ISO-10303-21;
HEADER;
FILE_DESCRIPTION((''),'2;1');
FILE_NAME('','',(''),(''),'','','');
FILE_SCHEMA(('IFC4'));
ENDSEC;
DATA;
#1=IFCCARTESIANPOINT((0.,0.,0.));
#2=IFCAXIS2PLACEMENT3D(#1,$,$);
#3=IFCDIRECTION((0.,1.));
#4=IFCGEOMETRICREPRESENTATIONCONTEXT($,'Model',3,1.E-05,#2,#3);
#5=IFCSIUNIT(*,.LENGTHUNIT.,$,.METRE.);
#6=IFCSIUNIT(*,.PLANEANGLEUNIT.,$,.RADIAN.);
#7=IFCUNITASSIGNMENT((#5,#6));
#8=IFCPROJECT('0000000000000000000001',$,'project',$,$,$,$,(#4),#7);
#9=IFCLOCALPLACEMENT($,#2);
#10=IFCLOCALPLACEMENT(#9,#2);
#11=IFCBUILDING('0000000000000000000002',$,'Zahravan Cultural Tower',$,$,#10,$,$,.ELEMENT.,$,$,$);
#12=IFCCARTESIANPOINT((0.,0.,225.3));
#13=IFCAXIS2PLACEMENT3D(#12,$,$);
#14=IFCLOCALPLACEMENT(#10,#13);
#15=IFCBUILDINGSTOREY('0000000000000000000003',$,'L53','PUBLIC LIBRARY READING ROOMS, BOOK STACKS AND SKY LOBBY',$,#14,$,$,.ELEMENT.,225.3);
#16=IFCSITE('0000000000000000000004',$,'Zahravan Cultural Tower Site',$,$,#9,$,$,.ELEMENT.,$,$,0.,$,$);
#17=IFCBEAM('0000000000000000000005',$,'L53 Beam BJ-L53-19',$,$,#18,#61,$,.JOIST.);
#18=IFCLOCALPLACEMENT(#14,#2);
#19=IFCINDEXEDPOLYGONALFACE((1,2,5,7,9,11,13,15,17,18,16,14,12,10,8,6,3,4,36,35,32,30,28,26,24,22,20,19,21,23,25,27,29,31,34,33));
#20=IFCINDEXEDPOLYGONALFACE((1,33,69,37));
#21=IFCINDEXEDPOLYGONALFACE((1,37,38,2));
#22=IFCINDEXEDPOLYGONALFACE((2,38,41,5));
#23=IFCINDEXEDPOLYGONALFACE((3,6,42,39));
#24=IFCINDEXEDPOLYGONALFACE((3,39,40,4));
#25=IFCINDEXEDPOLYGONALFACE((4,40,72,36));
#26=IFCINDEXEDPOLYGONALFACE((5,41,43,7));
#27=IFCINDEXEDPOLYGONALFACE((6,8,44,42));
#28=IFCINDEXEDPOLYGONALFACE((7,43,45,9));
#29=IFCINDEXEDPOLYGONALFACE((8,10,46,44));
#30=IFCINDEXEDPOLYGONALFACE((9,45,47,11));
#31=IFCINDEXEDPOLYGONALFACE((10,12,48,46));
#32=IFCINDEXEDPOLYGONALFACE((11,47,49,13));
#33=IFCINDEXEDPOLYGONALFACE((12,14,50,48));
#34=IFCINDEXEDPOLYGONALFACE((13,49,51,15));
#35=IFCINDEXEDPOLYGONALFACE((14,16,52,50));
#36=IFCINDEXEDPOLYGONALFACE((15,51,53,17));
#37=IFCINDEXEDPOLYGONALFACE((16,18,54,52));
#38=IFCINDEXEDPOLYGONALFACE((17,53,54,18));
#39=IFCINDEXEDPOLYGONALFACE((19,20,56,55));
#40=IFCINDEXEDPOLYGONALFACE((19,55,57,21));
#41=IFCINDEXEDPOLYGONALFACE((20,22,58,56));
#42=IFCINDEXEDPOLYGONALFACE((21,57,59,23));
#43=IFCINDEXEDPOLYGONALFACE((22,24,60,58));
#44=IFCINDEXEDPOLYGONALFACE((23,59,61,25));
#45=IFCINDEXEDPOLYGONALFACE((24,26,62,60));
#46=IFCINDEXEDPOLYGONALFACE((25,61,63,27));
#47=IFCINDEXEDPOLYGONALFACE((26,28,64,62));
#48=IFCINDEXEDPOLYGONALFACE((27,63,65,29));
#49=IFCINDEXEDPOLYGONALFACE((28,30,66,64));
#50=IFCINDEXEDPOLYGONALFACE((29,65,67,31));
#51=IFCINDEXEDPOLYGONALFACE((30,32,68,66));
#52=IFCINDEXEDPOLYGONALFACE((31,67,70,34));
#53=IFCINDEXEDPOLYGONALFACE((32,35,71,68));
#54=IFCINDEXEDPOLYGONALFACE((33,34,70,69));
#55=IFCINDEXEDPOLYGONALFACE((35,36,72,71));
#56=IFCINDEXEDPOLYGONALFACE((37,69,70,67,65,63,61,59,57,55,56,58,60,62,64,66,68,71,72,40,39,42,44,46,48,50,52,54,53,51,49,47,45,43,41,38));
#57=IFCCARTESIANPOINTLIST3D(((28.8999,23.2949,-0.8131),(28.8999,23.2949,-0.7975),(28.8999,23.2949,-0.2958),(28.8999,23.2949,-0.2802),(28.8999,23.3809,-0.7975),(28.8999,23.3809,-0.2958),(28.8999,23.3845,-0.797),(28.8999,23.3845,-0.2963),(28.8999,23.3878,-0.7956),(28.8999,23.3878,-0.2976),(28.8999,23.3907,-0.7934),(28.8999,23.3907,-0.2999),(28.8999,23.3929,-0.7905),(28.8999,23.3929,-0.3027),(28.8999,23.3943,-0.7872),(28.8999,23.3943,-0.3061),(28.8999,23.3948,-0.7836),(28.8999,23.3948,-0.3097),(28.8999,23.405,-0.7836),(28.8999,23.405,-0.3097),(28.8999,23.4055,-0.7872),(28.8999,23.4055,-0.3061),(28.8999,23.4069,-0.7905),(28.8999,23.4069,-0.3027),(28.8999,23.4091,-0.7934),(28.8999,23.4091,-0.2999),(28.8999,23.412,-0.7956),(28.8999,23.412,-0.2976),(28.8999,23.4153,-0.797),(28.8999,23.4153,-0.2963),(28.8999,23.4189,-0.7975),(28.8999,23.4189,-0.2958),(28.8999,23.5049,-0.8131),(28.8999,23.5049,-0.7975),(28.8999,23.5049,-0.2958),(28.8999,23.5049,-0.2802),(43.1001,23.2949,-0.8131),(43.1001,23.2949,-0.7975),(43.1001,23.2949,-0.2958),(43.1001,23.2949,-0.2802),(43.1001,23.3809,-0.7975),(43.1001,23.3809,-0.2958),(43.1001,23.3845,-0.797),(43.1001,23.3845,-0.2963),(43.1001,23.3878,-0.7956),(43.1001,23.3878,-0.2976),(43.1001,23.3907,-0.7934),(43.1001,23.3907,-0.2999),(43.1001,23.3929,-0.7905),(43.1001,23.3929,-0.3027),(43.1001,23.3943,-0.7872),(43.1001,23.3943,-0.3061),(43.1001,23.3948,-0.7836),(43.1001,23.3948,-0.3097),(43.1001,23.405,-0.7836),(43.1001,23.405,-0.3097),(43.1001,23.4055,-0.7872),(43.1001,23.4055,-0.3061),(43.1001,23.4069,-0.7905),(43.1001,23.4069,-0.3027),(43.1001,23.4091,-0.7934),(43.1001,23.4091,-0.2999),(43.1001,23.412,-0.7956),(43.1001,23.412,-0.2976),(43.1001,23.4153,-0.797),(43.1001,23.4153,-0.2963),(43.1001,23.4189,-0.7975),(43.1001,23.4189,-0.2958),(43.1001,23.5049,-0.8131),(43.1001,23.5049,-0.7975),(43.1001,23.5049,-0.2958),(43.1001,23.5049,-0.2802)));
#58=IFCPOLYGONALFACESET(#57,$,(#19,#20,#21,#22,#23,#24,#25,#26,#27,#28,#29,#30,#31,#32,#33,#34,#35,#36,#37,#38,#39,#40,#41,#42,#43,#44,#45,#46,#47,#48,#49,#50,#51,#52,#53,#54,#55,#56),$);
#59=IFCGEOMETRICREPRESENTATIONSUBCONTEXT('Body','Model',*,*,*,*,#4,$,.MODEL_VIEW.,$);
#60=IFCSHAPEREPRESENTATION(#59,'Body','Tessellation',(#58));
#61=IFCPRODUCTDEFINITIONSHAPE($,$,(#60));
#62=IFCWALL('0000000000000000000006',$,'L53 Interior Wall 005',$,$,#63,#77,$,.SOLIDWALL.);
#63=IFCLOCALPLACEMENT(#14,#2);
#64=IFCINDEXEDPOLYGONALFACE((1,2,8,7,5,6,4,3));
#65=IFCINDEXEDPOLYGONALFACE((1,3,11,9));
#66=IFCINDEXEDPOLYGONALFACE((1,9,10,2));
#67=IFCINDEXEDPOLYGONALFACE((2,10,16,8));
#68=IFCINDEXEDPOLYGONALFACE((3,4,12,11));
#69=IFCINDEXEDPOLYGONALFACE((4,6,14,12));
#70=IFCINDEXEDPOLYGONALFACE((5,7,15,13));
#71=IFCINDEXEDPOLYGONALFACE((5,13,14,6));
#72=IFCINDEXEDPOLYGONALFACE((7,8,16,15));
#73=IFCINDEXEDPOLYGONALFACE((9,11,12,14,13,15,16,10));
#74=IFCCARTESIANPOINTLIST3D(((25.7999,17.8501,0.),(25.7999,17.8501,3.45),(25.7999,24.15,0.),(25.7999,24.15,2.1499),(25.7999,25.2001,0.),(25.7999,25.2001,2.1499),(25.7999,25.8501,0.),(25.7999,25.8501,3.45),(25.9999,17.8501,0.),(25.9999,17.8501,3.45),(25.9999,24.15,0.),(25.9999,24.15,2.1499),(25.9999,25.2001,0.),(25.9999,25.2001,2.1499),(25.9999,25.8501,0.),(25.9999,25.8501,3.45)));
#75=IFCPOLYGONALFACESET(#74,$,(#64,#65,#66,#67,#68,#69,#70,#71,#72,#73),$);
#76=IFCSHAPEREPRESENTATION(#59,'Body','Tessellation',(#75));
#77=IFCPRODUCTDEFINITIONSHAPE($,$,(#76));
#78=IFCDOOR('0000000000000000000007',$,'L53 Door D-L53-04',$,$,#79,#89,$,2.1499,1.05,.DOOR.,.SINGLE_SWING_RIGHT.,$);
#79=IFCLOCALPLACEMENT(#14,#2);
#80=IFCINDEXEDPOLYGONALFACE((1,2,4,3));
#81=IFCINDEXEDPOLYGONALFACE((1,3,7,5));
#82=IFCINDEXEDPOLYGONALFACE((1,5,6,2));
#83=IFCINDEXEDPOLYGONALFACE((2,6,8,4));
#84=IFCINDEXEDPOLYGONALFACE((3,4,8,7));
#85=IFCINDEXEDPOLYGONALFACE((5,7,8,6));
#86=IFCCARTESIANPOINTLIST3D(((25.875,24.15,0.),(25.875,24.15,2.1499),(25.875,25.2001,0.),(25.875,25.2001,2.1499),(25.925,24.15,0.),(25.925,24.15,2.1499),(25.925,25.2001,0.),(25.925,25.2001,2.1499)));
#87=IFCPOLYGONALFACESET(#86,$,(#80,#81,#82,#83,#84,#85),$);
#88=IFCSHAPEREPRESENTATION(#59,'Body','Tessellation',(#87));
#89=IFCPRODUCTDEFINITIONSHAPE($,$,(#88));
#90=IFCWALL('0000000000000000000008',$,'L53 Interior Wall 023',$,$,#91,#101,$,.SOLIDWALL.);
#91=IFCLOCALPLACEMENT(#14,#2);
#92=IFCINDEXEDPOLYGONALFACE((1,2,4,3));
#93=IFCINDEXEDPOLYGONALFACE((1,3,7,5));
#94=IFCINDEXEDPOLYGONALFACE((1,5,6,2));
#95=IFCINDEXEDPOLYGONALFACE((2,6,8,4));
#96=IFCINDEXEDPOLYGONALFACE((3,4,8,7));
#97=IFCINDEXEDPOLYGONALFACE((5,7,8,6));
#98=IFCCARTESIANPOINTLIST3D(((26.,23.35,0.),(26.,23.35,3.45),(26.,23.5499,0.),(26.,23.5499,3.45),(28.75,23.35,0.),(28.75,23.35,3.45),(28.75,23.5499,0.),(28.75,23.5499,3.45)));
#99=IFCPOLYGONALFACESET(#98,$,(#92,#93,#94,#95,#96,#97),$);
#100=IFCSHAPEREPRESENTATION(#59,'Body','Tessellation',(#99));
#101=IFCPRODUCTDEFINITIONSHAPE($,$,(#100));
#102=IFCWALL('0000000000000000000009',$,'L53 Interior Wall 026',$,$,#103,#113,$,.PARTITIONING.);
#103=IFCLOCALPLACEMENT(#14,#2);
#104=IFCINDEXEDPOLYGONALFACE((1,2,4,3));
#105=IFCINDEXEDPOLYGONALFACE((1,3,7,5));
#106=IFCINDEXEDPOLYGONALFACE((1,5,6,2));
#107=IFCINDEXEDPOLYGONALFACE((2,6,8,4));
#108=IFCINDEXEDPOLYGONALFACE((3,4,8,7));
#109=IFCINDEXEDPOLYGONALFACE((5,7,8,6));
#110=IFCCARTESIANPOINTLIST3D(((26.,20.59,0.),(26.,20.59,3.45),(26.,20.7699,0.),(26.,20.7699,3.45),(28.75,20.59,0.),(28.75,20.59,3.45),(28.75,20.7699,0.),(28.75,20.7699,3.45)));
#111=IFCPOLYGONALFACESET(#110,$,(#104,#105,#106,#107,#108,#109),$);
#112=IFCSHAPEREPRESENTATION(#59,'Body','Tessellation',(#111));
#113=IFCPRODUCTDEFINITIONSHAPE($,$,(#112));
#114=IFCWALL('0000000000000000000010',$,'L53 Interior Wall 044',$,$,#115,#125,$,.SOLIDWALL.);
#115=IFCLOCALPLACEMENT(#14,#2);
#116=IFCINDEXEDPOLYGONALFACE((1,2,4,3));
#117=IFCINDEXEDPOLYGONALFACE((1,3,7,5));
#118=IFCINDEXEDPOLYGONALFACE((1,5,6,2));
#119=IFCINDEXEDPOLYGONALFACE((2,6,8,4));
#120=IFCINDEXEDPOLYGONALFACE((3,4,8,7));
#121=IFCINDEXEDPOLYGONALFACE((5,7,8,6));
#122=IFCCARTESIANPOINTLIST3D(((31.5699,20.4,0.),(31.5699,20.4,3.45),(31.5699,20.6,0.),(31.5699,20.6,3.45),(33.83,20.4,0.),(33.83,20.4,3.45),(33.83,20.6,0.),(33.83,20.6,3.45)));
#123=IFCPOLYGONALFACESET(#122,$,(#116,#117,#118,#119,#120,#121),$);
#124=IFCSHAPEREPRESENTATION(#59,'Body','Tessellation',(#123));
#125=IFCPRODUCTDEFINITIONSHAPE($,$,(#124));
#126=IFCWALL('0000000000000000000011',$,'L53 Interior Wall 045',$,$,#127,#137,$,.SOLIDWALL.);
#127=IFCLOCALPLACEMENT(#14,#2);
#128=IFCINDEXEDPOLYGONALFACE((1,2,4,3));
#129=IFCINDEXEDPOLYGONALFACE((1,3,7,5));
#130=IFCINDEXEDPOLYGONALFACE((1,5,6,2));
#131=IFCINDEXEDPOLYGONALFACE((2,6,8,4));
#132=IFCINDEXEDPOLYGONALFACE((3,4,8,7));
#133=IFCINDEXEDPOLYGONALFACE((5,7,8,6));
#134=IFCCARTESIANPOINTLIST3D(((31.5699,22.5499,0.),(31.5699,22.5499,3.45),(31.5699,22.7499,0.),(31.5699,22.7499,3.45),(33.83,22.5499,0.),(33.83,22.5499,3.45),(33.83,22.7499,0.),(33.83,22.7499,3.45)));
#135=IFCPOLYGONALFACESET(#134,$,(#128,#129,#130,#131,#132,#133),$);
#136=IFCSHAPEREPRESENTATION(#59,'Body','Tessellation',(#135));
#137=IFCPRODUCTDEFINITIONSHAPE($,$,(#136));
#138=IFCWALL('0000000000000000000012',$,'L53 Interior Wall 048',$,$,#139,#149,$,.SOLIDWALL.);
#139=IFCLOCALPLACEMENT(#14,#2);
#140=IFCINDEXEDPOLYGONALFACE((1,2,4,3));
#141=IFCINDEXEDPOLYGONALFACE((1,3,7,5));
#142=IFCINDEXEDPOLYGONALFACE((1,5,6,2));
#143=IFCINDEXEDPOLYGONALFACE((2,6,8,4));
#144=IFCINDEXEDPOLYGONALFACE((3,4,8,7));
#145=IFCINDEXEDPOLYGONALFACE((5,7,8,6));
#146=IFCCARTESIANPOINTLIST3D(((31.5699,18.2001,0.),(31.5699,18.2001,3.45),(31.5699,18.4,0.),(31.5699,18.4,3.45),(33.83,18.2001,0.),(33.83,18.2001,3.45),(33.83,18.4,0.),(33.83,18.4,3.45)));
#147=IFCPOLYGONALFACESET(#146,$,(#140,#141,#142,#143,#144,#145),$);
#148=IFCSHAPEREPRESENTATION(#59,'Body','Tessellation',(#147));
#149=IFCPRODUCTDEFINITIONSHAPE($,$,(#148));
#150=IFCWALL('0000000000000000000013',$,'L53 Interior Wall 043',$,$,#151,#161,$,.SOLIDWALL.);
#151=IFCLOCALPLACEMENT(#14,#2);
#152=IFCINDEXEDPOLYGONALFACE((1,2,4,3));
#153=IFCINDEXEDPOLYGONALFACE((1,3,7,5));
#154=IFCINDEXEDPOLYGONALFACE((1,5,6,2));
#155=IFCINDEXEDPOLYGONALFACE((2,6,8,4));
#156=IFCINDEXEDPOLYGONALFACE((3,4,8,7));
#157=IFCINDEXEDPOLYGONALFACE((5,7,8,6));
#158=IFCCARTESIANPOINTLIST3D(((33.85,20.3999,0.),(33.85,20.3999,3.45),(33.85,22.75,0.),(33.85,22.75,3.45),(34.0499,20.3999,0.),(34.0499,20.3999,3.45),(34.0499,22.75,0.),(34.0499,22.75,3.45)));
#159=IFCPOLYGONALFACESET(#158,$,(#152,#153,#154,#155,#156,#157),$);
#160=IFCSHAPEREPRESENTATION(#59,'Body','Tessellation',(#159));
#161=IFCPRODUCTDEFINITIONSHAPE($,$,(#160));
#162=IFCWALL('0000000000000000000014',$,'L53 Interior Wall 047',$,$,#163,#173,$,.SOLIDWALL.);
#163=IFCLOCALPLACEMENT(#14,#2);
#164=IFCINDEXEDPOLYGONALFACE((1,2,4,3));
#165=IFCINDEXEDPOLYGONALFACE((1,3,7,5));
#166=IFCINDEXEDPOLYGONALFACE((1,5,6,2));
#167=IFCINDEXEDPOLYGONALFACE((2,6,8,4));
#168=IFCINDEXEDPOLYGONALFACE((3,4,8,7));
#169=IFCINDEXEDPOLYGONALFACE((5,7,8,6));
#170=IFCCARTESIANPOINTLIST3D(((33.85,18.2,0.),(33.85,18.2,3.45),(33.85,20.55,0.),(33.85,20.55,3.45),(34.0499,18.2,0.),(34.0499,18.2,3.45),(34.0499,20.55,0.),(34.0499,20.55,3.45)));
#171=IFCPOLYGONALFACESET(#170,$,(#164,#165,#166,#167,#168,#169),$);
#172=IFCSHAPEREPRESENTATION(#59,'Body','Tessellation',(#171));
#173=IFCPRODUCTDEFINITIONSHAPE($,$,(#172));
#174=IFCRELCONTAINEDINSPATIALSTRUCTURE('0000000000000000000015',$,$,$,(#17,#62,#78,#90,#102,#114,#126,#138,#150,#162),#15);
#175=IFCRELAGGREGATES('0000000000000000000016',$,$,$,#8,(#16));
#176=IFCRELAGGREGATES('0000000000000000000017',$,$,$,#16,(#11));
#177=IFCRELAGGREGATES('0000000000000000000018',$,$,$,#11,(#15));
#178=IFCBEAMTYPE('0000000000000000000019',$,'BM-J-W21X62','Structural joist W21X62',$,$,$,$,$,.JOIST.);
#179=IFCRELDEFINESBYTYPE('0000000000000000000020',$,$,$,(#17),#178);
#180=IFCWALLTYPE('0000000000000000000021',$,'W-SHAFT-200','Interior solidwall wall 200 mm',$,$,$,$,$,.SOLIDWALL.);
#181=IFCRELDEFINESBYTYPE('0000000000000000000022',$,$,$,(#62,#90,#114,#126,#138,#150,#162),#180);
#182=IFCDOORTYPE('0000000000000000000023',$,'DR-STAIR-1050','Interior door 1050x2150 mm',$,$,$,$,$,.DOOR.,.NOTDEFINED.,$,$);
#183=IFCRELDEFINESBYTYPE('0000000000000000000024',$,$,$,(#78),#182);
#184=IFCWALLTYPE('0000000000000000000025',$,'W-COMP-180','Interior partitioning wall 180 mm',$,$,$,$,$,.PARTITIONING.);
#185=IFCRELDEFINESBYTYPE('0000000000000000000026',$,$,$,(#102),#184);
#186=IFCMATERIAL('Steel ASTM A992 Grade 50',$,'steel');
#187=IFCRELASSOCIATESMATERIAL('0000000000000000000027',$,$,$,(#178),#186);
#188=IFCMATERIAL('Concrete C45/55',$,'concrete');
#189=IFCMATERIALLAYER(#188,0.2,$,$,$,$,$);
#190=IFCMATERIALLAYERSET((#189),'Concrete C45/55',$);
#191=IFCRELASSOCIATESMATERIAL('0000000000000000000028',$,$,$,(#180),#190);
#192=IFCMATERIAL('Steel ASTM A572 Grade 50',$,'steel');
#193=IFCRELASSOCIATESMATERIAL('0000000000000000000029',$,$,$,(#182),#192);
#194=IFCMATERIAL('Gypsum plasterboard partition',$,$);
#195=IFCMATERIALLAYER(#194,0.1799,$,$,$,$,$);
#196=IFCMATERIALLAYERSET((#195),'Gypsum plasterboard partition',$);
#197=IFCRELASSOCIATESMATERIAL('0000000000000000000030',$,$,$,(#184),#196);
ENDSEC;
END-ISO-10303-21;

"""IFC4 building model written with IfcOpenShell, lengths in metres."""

from ifc_helpers import new_model, si_unit, direction, frame, frame_2d, origin, origin_2d, place, context, subcontext, project, spatial, rectangle, i_section, extrude, source, transform, mapped, material, layer, layer_set, material_profile, profile_set, type_object, element, fill, save


model = new_model("IFC4")

# Units and contexts
model_context = context("Model", 3, precision=1e-05, world=origin(), true_north=direction((0.0, 1.0)))
body_context = subcontext(model_context, "Body", "Model", "MODEL_VIEW")
ifc_project = project(units=[si_unit("LENGTHUNIT", "METRE"), si_unit("PLANEANGLEUNIT", "RADIAN")], contexts=[model_context])

# Site, building, storey
site_placement = place(None, origin())
site = spatial("IfcSite", under=ifc_project, at=site_placement, Name="Zahravan Cultural Tower Site", CompositionType="ELEMENT", RefElevation=0.0)
building_placement = place(site_placement, origin())
building = spatial("IfcBuilding", under=site, at=building_placement, Name="Zahravan Cultural Tower", CompositionType="ELEMENT")
storey_placement = place(building_placement, frame((0.0, 0.0, 225.3)))
storey = spatial("IfcBuildingStorey", under=building, at=storey_placement, Name="L53", Description="PUBLIC LIBRARY READING ROOMS, BOOK STACKS AND SKY LOBBY", CompositionType="ELEMENT", Elevation=225.3)

# Beam
ifc_material_1 = material(Name="Steel ASTM A992 Grade 50", Category="steel")
ifc_material_profile = material_profile(ifc_material_1, i_section(OverallWidth=0.21, OverallDepth=0.533, WebThickness=0.0103, FlangeThickness=0.0156, FilletRadius=0.0139, at=origin_2d()), Name="W21X62")
ifc_profile_set = profile_set([ifc_material_profile], Name="Steel ASTM A992 Grade 50")
beam_type = type_object("IfcBeamType", Name="BM-J-W21X62", Description="Structural joist W21X62", PredefinedType="JOIST", material=ifc_profile_set)
shared_shape_1 = source(origin(), body_context, "Body", "SweptSolid", [
    extrude(i_section(OverallWidth=0.21, OverallDepth=0.533, WebThickness=0.0103, FlangeThickness=0.0156, FilletRadius=0.0139, at=origin_2d()), origin(), (0.0, 0.0, 1.0), 14.2002),
])
beam_placement = place(storey_placement, frame((28.8999, 23.3999, -0.5466), z_axis=(1.0, 0.0, 0.0), x_axis=(0.0, 1.0, 0.0)))
element("IfcBeam", 1, at=beam_placement, inside=storey, type_object=beam_type, Name="L53 Beam BJ-L53-19", PredefinedType="JOIST", context=body_context, shape_type="MappedRepresentation", body=[
    mapped(shared_shape_1, transform((0.0, 0.0, 0.0), x_axis=(1.0, 0.0, 0.0), y_axis=(0.0, 1.0, 0.0), z_axis=(0.0, 0.0, 1.0), scale=1.0)),
])

# Wall, opening, door
ifc_material_2 = material(Name="Gypsum plasterboard partition")
ifc_material_3 = material(Name="Concrete C45/55", Category="concrete")
ifc_layer_1 = layer(ifc_material_3, 0.2)
ifc_layer_set_1 = layer_set([ifc_layer_1], Name="Concrete C45/55")
wall_type_1 = type_object("IfcWallType", Name="W-SHAFT-200", Description="Interior solidwall wall 200 mm", PredefinedType="SOLIDWALL", material=ifc_layer_set_1)
wall_1_placement = place(storey_placement, frame((25.8999, 17.8501, 0.0), z_axis=(0.0, 0.0, 1.0), x_axis=(0.0, 1.0, 0.0)))
wall_1 = element("IfcWall", 2, at=wall_1_placement, inside=storey, type_object=wall_type_1, Name="L53 Interior Wall 005", PredefinedType="SOLIDWALL", context=body_context, shape_type="SweptSolid", body=[
    extrude(rectangle(XDim=8.0, YDim=0.2, at=frame_2d((4.0, 0.0))), origin(), (0.0, 0.0, 1.0), 3.45),
])
opening_1_placement = place(wall_1_placement, frame((6.3, 0.0, 0.0)))
opening_1 = element("IfcOpeningElement", 3, at=opening_1_placement, cuts=wall_1, PredefinedType="OPENING", context=body_context, shape_type="SweptSolid", body=[
    extrude(rectangle(XDim=1.05, YDim=2.1499, at=frame_2d((0.5249, 1.075))), frame((0.0, 0.1099, 0.0), z_axis=(0.0, -1.0, 0.0), x_axis=(1.0, 0.0, 0.0)), (0.0, 0.0, 1.0), 0.22),
])
ifc_material_4 = material(Name="Steel ASTM A572 Grade 50", Category="steel")
door_type_1 = type_object("IfcDoorType", Name="DR-STAIR-1050", Description="Interior door 1050x2150 mm", OperationType="NOTDEFINED", PredefinedType="DOOR", material=ifc_material_4)
shared_shape_2 = source(origin(), body_context, "Body", "SweptSolid", [
    extrude(rectangle(XDim=1.05, YDim=2.1499, at=frame_2d((0.5249, 1.075))), frame((0.0, 0.0249, 0.0), z_axis=(0.0, -1.0, 0.0), x_axis=(1.0, 0.0, 0.0)), (0.0, 0.0, 1.0), 0.05),
])
door_1_placement = place(opening_1_placement, origin())
door_1 = element("IfcDoor", 4, at=door_1_placement, inside=storey, type_object=door_type_1, Name="L53 Door D-L53-04", OperationType="SINGLE_SWING_RIGHT", OverallHeight=2.1499, OverallWidth=1.05, PredefinedType="DOOR", context=body_context, shape_type="MappedRepresentation", body=[
    mapped(shared_shape_2, transform((0.0, 0.0, 0.0), x_axis=(1.0, 0.0, 0.0), y_axis=(0.0, 1.0, 0.0), z_axis=(0.0, 0.0, 1.0), scale=1.0)),
])
fill(opening_1, door_1)

# Walls
shared_shape_3 = source(origin(), body_context, "Body", "SweptSolid", [
    extrude(rectangle(XDim=2.75, YDim=0.2, at=frame_2d((1.375, 0.0))), origin(), (0.0, 0.0, 1.0), 3.45),
])
wall_2_placement = place(storey_placement, frame((26.0, 23.45, 0.0), z_axis=(0.0, 0.0, 1.0), x_axis=(1.0, 0.0, 0.0)))
element("IfcWall", 5, at=wall_2_placement, inside=storey, type_object=wall_type_1, Name="L53 Interior Wall 023", PredefinedType="SOLIDWALL", context=body_context, shape_type="MappedRepresentation", body=[
    mapped(shared_shape_3, transform((0.0, 0.0, 0.0), x_axis=(1.0, 0.0, 0.0), y_axis=(0.0, 1.0, 0.0), z_axis=(0.0, 0.0, 1.0), scale=1.0)),
])
ifc_layer_2 = layer(ifc_material_2, 0.1799)
ifc_layer_set_2 = layer_set([ifc_layer_2], Name="Gypsum plasterboard partition")
wall_type_2 = type_object("IfcWallType", Name="W-COMP-180", Description="Interior partitioning wall 180 mm", PredefinedType="PARTITIONING", material=ifc_layer_set_2)
shared_shape_4 = source(origin(), body_context, "Body", "SweptSolid", [
    extrude(rectangle(XDim=2.75, YDim=0.1799, at=frame_2d((1.375, 0.0))), origin(), (0.0, 0.0, 1.0), 3.45),
])
wall_3_placement = place(storey_placement, frame((26.0, 20.6799, 0.0), z_axis=(0.0, 0.0, 1.0), x_axis=(1.0, 0.0, 0.0)))
element("IfcWall", 6, at=wall_3_placement, inside=storey, type_object=wall_type_2, Name="L53 Interior Wall 026", PredefinedType="PARTITIONING", context=body_context, shape_type="MappedRepresentation", body=[
    mapped(shared_shape_4, transform((0.0, 0.0, 0.0), x_axis=(1.0, 0.0, 0.0), y_axis=(0.0, 1.0, 0.0), z_axis=(0.0, 0.0, 1.0), scale=1.0)),
])
shared_shape_5 = source(origin(), body_context, "Body", "SweptSolid", [
    extrude(rectangle(XDim=2.26, YDim=0.2, at=frame_2d((1.1299, 0.0))), origin(), (0.0, 0.0, 1.0), 3.45),
])
for number, where, z_axis, x_axis, name in (
    (7, (31.5701, 20.5, 0.0), (0.0, 0.0, 1.0), (1.0, 0.0, 0.0), "L53 Interior Wall 044"),
    (8, (31.5701, 22.6499, 0.0), (0.0, 0.0, 1.0), (1.0, 0.0, 0.0), "L53 Interior Wall 045"),
    (9, (31.5701, 18.3, 0.0), (0.0, 0.0, 1.0), (1.0, 0.0, 0.0), "L53 Interior Wall 048"),
):
    element("IfcWall", number, at=place(storey_placement, frame(where, z_axis=z_axis, x_axis=x_axis)), inside=storey, type_object=wall_type_1, Name=name, PredefinedType="SOLIDWALL", context=body_context, shape_type="MappedRepresentation", body=[
        mapped(shared_shape_5, transform((0.0, 0.0, 0.0), x_axis=(1.0, 0.0, 0.0), y_axis=(0.0, 1.0, 0.0), z_axis=(0.0, 0.0, 1.0), scale=1.0)),
    ])
shared_shape_6 = source(origin(), body_context, "Body", "SweptSolid", [
    extrude(rectangle(XDim=2.3501, YDim=0.2, at=frame_2d((1.175, 0.0))), origin(), (0.0, 0.0, 1.0), 3.45),
])
for number, where, z_axis, x_axis, name in (
    (10, (33.95, 20.3999, 0.0), (0.0, 0.0, 1.0), (0.0, 1.0, 0.0), "L53 Interior Wall 043"),
    (11, (33.95, 18.2, 0.0), (0.0, 0.0, 1.0), (0.0, 1.0, 0.0), "L53 Interior Wall 047"),
):
    element("IfcWall", number, at=place(storey_placement, frame(where, z_axis=z_axis, x_axis=x_axis)), inside=storey, type_object=wall_type_1, Name=name, PredefinedType="SOLIDWALL", context=body_context, shape_type="MappedRepresentation", body=[
        mapped(shared_shape_6, transform((0.0, 0.0, 0.0), x_axis=(1.0, 0.0, 0.0), y_axis=(0.0, 1.0, 0.0), z_axis=(0.0, 0.0, 1.0), scale=1.0)),
    ])

save(model, "model.ifc")
